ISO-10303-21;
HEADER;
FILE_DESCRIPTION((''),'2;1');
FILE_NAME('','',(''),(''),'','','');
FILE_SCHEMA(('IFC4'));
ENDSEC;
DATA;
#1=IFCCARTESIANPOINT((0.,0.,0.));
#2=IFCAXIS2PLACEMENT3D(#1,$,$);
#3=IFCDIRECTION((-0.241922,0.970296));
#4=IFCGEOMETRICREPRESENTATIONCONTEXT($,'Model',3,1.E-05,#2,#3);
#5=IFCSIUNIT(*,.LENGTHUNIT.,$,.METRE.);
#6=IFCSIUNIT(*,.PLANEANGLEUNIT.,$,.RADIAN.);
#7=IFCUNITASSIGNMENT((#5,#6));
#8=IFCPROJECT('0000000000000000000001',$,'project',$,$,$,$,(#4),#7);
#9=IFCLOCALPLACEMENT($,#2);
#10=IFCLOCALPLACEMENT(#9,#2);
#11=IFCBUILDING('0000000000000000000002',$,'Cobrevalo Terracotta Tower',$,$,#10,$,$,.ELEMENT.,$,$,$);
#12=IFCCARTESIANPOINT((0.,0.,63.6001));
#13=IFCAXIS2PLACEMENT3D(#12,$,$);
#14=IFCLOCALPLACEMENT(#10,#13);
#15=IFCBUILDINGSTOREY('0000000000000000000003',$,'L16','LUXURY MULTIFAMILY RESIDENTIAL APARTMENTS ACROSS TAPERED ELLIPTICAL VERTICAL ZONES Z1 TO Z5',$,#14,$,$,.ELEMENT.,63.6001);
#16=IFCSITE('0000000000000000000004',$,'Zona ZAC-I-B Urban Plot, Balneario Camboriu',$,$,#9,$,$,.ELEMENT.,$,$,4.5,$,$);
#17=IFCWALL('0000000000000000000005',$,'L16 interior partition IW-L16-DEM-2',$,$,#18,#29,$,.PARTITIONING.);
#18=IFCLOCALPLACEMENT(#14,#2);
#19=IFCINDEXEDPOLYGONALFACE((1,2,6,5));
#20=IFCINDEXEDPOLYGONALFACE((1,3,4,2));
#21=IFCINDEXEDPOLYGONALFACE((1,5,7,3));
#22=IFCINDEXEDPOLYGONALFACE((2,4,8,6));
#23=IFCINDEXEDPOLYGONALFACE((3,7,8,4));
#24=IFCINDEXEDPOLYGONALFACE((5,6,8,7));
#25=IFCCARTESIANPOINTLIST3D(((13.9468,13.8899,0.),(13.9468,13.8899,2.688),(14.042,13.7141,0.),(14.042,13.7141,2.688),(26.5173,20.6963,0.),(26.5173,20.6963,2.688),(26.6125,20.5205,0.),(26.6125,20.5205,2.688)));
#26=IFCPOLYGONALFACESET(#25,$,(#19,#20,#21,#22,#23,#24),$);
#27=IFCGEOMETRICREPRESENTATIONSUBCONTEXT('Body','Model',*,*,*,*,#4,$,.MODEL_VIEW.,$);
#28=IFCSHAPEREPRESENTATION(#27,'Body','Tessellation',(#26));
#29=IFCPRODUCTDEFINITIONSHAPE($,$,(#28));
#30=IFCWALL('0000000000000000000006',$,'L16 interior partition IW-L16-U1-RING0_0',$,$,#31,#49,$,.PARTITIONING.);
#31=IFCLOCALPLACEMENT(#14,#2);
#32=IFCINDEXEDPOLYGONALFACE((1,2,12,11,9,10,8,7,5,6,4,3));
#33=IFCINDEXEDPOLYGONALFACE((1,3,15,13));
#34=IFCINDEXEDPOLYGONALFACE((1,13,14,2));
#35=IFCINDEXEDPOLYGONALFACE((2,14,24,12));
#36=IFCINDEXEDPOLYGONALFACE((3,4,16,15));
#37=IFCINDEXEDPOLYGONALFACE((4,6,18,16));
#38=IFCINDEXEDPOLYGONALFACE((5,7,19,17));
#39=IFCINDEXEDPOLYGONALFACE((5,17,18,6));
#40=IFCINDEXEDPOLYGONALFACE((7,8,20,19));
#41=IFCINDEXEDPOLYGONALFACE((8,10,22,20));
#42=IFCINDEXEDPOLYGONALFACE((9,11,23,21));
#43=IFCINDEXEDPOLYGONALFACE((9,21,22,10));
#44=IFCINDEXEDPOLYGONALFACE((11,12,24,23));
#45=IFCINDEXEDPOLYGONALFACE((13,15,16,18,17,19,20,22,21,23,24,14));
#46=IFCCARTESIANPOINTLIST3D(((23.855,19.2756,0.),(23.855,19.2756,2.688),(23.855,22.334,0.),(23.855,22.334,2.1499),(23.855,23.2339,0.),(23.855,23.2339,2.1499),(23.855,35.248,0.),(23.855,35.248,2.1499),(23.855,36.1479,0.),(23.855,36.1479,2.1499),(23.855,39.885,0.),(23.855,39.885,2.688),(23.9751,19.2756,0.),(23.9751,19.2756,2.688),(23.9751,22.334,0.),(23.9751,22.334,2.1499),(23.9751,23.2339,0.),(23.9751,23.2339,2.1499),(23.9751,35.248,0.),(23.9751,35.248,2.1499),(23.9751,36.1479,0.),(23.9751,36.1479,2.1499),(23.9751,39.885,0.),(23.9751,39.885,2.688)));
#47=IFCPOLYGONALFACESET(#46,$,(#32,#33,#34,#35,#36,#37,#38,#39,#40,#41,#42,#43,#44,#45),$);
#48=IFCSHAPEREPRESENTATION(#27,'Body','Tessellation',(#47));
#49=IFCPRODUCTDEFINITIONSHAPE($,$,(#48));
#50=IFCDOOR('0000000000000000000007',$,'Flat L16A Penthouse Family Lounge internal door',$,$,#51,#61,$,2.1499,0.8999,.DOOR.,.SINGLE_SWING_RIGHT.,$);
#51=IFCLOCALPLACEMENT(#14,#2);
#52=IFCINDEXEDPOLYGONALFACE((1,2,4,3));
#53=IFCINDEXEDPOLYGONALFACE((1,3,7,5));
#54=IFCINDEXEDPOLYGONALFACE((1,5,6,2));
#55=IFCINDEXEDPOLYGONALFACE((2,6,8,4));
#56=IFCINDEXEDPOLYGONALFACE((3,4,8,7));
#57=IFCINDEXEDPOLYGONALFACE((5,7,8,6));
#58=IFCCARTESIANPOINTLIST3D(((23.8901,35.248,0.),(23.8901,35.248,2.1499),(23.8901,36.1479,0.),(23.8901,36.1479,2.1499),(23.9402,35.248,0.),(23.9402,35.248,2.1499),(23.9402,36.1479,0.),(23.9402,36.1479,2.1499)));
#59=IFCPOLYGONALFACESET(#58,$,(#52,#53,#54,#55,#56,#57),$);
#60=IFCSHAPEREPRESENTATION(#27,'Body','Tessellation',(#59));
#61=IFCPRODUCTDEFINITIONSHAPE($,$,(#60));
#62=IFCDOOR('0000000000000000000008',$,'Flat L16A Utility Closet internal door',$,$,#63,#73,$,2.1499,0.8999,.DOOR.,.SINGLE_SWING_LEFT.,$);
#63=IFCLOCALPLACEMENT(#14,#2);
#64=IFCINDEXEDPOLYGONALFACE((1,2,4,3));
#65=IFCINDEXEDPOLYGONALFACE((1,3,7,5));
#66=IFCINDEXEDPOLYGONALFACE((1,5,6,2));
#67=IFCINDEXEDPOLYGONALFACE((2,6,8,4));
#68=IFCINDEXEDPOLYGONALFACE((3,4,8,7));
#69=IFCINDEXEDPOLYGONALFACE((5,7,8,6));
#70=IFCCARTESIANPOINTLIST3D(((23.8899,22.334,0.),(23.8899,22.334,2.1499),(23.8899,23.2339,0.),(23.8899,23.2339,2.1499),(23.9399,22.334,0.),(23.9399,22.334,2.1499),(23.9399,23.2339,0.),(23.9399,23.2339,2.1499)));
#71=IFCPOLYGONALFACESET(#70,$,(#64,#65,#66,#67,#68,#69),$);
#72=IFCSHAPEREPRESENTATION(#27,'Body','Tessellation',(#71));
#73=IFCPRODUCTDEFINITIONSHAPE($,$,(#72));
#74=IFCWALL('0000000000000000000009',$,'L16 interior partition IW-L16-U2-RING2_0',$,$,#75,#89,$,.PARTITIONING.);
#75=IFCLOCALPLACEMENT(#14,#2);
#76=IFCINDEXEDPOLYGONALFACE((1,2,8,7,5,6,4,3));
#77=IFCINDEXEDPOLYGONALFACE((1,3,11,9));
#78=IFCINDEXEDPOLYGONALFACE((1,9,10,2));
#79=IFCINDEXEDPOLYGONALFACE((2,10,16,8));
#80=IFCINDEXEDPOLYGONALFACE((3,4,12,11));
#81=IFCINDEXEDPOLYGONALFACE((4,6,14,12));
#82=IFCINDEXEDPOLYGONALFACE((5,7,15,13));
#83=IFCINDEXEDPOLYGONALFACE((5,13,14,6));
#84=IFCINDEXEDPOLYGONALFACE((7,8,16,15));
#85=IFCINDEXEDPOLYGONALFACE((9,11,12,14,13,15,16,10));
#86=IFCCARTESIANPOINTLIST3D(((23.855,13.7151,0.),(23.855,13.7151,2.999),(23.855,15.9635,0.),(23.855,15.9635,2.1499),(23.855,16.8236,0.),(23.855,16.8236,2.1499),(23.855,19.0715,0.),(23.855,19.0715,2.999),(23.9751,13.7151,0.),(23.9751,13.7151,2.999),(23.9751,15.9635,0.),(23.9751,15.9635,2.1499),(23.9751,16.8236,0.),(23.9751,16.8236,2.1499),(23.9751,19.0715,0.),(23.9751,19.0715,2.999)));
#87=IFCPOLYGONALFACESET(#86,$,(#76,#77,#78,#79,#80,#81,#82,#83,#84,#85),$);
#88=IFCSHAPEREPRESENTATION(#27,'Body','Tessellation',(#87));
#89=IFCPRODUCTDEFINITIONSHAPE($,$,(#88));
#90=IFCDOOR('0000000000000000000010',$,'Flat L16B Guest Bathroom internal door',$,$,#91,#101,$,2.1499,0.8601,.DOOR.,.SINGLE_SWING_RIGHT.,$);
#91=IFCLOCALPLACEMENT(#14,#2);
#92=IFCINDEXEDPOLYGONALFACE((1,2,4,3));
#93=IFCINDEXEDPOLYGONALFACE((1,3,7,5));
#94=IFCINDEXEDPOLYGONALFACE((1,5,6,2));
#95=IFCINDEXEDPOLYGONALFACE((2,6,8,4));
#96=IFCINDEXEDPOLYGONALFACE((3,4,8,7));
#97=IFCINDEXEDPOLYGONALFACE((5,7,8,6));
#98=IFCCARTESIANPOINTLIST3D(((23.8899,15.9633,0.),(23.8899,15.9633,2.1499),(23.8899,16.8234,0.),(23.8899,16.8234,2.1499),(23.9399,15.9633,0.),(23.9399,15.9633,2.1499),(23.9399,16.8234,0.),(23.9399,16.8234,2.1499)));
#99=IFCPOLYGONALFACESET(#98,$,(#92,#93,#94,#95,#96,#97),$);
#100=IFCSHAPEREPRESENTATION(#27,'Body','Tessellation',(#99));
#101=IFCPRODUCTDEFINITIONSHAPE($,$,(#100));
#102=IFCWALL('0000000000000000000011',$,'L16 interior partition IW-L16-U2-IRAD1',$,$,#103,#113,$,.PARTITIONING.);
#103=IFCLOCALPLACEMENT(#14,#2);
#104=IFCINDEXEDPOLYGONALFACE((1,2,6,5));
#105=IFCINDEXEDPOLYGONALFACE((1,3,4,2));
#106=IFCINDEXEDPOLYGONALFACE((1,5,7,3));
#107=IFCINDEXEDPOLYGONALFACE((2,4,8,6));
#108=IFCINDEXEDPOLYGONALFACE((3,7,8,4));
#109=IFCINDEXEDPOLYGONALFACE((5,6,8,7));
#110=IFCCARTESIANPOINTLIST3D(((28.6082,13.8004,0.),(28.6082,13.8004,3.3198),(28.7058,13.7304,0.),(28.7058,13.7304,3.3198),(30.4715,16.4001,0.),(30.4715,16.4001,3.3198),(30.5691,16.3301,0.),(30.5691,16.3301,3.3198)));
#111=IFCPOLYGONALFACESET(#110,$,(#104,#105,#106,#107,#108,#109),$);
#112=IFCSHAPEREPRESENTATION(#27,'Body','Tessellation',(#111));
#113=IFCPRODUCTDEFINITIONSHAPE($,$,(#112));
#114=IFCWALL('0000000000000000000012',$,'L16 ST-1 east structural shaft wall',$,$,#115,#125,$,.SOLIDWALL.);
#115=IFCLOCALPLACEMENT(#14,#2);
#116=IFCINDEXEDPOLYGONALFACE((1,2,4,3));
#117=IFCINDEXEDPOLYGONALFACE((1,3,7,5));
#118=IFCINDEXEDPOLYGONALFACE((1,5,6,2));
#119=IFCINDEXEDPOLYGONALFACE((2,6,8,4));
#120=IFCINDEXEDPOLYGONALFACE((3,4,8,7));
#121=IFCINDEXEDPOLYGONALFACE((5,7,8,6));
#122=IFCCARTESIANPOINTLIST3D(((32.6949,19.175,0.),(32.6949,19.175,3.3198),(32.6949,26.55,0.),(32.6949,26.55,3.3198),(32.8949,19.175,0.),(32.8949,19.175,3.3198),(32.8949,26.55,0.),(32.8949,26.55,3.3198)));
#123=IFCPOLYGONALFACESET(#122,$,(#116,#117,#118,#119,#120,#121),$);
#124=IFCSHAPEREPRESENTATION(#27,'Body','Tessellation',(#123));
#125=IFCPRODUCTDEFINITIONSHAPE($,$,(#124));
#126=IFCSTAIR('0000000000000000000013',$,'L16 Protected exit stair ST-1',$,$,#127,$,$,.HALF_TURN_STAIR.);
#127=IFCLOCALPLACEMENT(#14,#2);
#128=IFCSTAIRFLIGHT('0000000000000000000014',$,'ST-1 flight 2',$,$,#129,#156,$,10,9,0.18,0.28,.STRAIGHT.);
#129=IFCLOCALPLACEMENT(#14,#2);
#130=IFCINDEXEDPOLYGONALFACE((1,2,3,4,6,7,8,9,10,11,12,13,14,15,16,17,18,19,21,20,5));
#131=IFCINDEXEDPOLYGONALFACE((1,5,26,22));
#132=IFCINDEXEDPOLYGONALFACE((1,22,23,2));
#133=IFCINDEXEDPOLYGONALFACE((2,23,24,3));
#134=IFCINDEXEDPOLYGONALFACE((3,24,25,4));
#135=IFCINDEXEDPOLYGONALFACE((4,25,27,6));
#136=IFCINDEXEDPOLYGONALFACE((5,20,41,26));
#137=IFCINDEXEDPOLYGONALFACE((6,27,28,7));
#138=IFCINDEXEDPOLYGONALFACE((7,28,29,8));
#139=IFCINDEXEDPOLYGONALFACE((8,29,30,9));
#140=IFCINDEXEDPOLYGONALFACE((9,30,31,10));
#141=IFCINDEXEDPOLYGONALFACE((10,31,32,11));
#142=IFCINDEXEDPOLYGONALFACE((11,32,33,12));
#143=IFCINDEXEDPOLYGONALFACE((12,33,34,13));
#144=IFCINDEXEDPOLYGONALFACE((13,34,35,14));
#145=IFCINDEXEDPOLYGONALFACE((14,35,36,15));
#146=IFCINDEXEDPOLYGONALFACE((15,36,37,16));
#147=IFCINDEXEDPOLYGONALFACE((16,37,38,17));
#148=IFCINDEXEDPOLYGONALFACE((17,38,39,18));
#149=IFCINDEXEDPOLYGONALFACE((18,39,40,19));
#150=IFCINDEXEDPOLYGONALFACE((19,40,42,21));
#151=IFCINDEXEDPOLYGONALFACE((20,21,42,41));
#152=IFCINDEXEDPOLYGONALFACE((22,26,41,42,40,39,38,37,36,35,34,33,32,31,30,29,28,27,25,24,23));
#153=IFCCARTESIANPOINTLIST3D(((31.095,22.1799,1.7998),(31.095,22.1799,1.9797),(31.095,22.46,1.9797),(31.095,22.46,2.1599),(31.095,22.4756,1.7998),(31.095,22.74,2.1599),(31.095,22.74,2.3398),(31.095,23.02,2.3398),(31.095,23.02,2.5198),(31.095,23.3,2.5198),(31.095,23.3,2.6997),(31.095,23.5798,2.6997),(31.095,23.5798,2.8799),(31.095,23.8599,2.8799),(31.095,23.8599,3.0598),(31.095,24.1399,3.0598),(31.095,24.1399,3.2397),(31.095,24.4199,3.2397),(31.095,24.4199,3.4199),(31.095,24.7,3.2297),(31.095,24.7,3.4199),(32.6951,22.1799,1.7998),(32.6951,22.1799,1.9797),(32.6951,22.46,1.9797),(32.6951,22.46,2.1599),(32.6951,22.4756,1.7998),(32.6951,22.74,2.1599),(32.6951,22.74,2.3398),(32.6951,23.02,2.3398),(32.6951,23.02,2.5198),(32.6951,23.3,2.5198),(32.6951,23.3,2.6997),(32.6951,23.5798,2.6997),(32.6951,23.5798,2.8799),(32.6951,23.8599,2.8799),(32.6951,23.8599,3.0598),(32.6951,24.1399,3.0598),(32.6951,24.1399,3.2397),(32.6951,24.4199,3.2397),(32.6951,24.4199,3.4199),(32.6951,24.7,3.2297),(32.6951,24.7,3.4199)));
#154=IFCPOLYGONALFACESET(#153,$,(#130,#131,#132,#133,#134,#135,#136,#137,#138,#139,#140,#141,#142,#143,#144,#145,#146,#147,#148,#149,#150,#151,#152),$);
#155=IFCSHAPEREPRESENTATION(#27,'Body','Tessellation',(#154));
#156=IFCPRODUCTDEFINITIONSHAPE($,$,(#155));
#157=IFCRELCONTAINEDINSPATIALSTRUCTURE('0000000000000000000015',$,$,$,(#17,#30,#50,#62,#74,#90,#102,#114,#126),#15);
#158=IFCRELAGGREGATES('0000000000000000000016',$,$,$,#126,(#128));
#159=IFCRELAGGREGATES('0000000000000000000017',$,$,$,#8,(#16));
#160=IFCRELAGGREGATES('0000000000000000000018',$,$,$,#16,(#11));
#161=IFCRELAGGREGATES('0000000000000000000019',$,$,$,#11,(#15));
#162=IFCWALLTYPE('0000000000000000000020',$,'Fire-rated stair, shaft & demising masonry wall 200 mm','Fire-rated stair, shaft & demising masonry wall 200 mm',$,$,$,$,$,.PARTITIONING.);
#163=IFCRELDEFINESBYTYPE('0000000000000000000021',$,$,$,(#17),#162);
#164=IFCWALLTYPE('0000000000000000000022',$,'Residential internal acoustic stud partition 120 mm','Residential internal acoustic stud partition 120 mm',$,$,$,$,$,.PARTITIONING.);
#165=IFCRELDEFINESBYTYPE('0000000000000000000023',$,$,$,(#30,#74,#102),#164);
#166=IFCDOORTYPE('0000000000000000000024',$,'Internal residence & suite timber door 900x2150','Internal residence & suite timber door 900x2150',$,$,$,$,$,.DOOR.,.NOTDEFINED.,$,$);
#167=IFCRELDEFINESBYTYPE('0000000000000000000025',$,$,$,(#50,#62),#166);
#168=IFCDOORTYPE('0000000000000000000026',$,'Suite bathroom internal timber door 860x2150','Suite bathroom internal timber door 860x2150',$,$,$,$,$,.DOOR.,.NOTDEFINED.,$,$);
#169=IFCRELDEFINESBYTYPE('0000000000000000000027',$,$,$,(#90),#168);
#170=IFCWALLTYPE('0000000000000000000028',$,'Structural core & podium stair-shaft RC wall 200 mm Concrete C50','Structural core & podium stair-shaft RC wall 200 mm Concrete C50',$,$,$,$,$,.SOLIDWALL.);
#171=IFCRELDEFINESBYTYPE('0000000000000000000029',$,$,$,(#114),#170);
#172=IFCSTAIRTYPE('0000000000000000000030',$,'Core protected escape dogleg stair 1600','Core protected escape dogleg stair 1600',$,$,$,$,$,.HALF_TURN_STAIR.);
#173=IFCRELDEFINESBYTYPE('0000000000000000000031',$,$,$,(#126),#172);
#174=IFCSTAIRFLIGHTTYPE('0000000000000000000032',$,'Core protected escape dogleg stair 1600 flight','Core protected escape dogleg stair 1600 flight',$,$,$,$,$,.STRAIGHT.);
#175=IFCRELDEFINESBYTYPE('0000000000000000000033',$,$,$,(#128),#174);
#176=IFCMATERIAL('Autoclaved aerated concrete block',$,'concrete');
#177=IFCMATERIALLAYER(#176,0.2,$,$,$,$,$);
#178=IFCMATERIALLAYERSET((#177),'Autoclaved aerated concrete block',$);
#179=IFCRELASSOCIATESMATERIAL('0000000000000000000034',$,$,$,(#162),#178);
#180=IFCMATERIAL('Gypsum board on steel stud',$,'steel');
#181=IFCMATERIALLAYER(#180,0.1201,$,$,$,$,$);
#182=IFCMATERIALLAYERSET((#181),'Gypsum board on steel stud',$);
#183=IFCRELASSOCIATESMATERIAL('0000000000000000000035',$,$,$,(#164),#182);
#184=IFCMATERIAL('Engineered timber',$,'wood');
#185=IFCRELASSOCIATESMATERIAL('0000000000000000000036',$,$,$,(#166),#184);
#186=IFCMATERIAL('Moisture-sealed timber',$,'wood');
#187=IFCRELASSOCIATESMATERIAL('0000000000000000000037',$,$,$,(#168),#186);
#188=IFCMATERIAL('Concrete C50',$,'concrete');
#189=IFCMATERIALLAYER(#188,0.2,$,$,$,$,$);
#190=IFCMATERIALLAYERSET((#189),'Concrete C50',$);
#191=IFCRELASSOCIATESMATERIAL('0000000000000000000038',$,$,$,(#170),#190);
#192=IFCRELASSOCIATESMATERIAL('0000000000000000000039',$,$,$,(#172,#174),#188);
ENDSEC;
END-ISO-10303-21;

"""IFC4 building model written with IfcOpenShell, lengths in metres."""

from ifc_helpers import new_model, si_unit, direction, frame, frame_2d, origin, place, context, subcontext, project, spatial, polyline, rectangle, outline, extrude, source, transform, mapped, material, layer, layer_set, type_object, element, fill, aggregate, save


model = new_model("IFC4")

# Units and contexts
model_context = context("Model", 3, precision=1e-05, world=origin(), true_north=direction((-0.241922, 0.970296)))
body_context = subcontext(model_context, "Body", "Model", "MODEL_VIEW")
ifc_project = project(units=[si_unit("LENGTHUNIT", "METRE"), si_unit("PLANEANGLEUNIT", "RADIAN")], contexts=[model_context])

# Site, building, storey
site_placement = place(None, origin())
site = spatial("IfcSite", under=ifc_project, at=site_placement, Name="Zona ZAC-I-B Urban Plot, Balneario Camboriu", CompositionType="ELEMENT", RefElevation=4.5)
building_placement = place(site_placement, origin())
building = spatial("IfcBuilding", under=site, at=building_placement, Name="Cobrevalo Terracotta Tower", CompositionType="ELEMENT")
storey_placement = place(building_placement, frame((0.0, 0.0, 63.6001)))
storey = spatial("IfcBuildingStorey", under=building, at=storey_placement, Name="L16", Description="LUXURY MULTIFAMILY RESIDENTIAL APARTMENTS ACROSS TAPERED ELLIPTICAL VERTICAL ZONES Z1 TO Z5", CompositionType="ELEMENT", Elevation=63.6001)

# Shared definitions
ifc_material_1 = material(Name="Gypsum board on steel stud", Category="steel")

# Wall
ifc_material_2 = material(Name="Autoclaved aerated concrete block", Category="concrete")
ifc_layer_1 = layer(ifc_material_2, 0.2)
ifc_layer_set_1 = layer_set([ifc_layer_1], Name="Autoclaved aerated concrete block")
wall_type_1 = type_object("IfcWallType", Name="Fire-rated stair, shaft & demising masonry wall 200 mm", Description="Fire-rated stair, shaft & demising masonry wall 200 mm", PredefinedType="PARTITIONING", material=ifc_layer_set_1)
wall_1_placement = place(storey_placement, frame((26.5649, 20.6084, 0.0), z_axis=(0.0, 0.0, 1.0), x_axis=(-0.87937, -0.47614, 0.0)))
element("IfcWall", 1, at=wall_1_placement, inside=storey, type_object=wall_type_1, Name="L16 interior partition IW-L16-DEM-2", PredefinedType="PARTITIONING", context=body_context, shape_type="SweptSolid", body=[
    extrude(rectangle(XDim=14.2949, YDim=0.2, at=frame_2d((7.1475, 0.0))), origin(), (0.0, 0.0, 1.0), 2.688),
])

# Wall, openings, doors
ifc_layer_2 = layer(ifc_material_1, 0.1201)
ifc_layer_set_2 = layer_set([ifc_layer_2], Name="Gypsum board on steel stud")
wall_type_2 = type_object("IfcWallType", Name="Residential internal acoustic stud partition 120 mm", Description="Residential internal acoustic stud partition 120 mm", PredefinedType="PARTITIONING", material=ifc_layer_set_2)
wall_2_placement = place(storey_placement, frame((23.915, 19.2756, 0.0), z_axis=(0.0, 0.0, 1.0), x_axis=(0.0, 1.0, 0.0)))
wall_2 = element("IfcWall", 2, at=wall_2_placement, inside=storey, type_object=wall_type_2, Name="L16 interior partition IW-L16-U1-RING0_0", PredefinedType="PARTITIONING", context=body_context, shape_type="SweptSolid", body=[
    extrude(rectangle(XDim=20.6094, YDim=0.1201, at=frame_2d((10.3047, 0.0))), origin(), (0.0, 0.0, 1.0), 2.688),
])
opening_1_placement = place(wall_2_placement, frame((15.9724, 0.0, 0.0)))
opening_1 = element("IfcOpeningElement", 3, at=opening_1_placement, cuts=wall_2, PredefinedType="OPENING", context=body_context, shape_type="SweptSolid", body=[
    extrude(rectangle(XDim=0.8999, YDim=2.1499, at=frame_2d((0.45, 1.075))), frame((0.0, 0.0701, 0.0), z_axis=(0.0, -1.0, 0.0), x_axis=(1.0, 0.0, 0.0)), (0.0, 0.0, 1.0), 0.1401),
])
opening_2_placement = place(wall_2_placement, frame((3.0583, 0.0, 0.0)))
opening_2 = element("IfcOpeningElement", 4, at=opening_2_placement, cuts=wall_2, PredefinedType="OPENING", context=body_context, shape_type="SweptSolid", body=[
    extrude(rectangle(XDim=0.8999, YDim=2.1499, at=frame_2d((0.45, 1.075))), frame((0.0, 0.0701, 0.0), z_axis=(0.0, -1.0, 0.0), x_axis=(1.0, 0.0, 0.0)), (0.0, 0.0, 1.0), 0.1401),
])
ifc_material_3 = material(Name="Engineered timber", Category="wood")
door_type_1 = type_object("IfcDoorType", Name="Internal residence & suite timber door 900x2150", Description="Internal residence & suite timber door 900x2150", OperationType="NOTDEFINED", PredefinedType="DOOR", material=ifc_material_3)
shared_shape_1 = source(origin(), body_context, "Body", "SweptSolid", [
    extrude(rectangle(XDim=0.8999, YDim=2.1499, at=frame_2d((0.45, 1.075))), frame((0.0, 0.0249, 0.0), z_axis=(0.0, -1.0, 0.0), x_axis=(1.0, 0.0, 0.0)), (0.0, 0.0, 1.0), 0.05),
])
door_1_placement = place(opening_1_placement, origin())
door_1 = element("IfcDoor", 5, at=door_1_placement, inside=storey, type_object=door_type_1, Name="Flat L16A Penthouse Family Lounge internal door", OperationType="SINGLE_SWING_RIGHT", OverallHeight=2.1499, OverallWidth=0.8999, PredefinedType="DOOR", context=body_context, shape_type="MappedRepresentation", body=[
    mapped(shared_shape_1, transform((0.0, 0.0, 0.0), scale=1.0)),
])
fill(opening_1, door_1)
door_2_placement = place(opening_2_placement, frame((0.8999, 0.0, 0.0), z_axis=(0.0, 0.0, 1.0), x_axis=(-1.0, 0.0, 0.0)))
door_2 = element("IfcDoor", 6, at=door_2_placement, inside=storey, type_object=door_type_1, Name="Flat L16A Utility Closet internal door", OperationType="SINGLE_SWING_LEFT", OverallHeight=2.1499, OverallWidth=0.8999, PredefinedType="DOOR", context=body_context, shape_type="MappedRepresentation", body=[
    mapped(shared_shape_1, transform((0.0, 0.0, 0.0), scale=1.0)),
])
fill(opening_2, door_2)

# Wall, opening, door
wall_3_placement = place(storey_placement, frame((23.915, 13.7151, 0.0), z_axis=(0.0, 0.0, 1.0), x_axis=(0.0, 1.0, 0.0)))
wall_3 = element("IfcWall", 7, at=wall_3_placement, inside=storey, type_object=wall_type_2, Name="L16 interior partition IW-L16-U2-RING2_0", PredefinedType="PARTITIONING", context=body_context, shape_type="SweptSolid", body=[
    extrude(rectangle(XDim=5.3564, YDim=0.1201, at=frame_2d((2.6782, 0.0))), origin(), (0.0, 0.0, 1.0), 2.999),
])
opening_3_placement = place(wall_3_placement, frame((2.2483, 0.0, 0.0)))
opening_3 = element("IfcOpeningElement", 8, at=opening_3_placement, cuts=wall_3, PredefinedType="OPENING", context=body_context, shape_type="SweptSolid", body=[
    extrude(rectangle(XDim=0.8601, YDim=2.1499, at=frame_2d((0.4302, 1.075))), frame((0.0, 0.0701, 0.0), z_axis=(0.0, -1.0, 0.0), x_axis=(1.0, 0.0, 0.0)), (0.0, 0.0, 1.0), 0.1401),
])
ifc_material_4 = material(Name="Moisture-sealed timber", Category="wood")
door_type_2 = type_object("IfcDoorType", Name="Suite bathroom internal timber door 860x2150", Description="Suite bathroom internal timber door 860x2150", OperationType="NOTDEFINED", PredefinedType="DOOR", material=ifc_material_4)
shared_shape_2 = source(origin(), body_context, "Body", "SweptSolid", [
    extrude(rectangle(XDim=0.8601, YDim=2.1499, at=frame_2d((0.4302, 1.075))), frame((0.0, 0.0249, 0.0), z_axis=(0.0, -1.0, 0.0), x_axis=(1.0, 0.0, 0.0)), (0.0, 0.0, 1.0), 0.05),
])
door_3_placement = place(opening_3_placement, frame((0.8601, 0.0, 0.0), z_axis=(0.0, 0.0, 1.0), x_axis=(-1.0, 0.0, 0.0)))
door_3 = element("IfcDoor", 9, at=door_3_placement, inside=storey, type_object=door_type_2, Name="Flat L16B Guest Bathroom internal door", OperationType="SINGLE_SWING_RIGHT", OverallHeight=2.1499, OverallWidth=0.8601, PredefinedType="DOOR", context=body_context, shape_type="MappedRepresentation", body=[
    mapped(shared_shape_2, transform((0.0, 0.0, 0.0), scale=1.0)),
])
fill(opening_3, door_3)

# Walls
wall_4_placement = place(storey_placement, frame((30.5203, 16.365, 0.0), z_axis=(0.0, 0.0, 1.0), x_axis=(-0.582566, -0.812783, 0.0)))
element("IfcWall", 10, at=wall_4_placement, inside=storey, type_object=wall_type_2, Name="L16 interior partition IW-L16-U2-IRAD1", PredefinedType="PARTITIONING", context=body_context, shape_type="SweptSolid", body=[
    extrude(rectangle(XDim=3.1985, YDim=0.1201, at=frame_2d((1.5991, 0.0))), origin(), (0.0, 0.0, 1.0), 3.3198),
])
ifc_material_5 = material(Name="Concrete C50", Category="concrete")
ifc_layer_3 = layer(ifc_material_5, 0.2)
ifc_layer_set_3 = layer_set([ifc_layer_3], Name="Concrete C50")
wall_type_3 = type_object("IfcWallType", Name="Structural core & podium stair-shaft RC wall 200 mm Concrete C50", Description="Structural core & podium stair-shaft RC wall 200 mm Concrete C50", PredefinedType="SOLIDWALL", material=ifc_layer_set_3)
wall_5_placement = place(storey_placement, frame((32.7949, 19.175, 0.0), z_axis=(0.0, 0.0, 1.0), x_axis=(0.0, 1.0, 0.0)))
element("IfcWall", 11, at=wall_5_placement, inside=storey, type_object=wall_type_3, Name="L16 ST-1 east structural shaft wall", PredefinedType="SOLIDWALL", context=body_context, shape_type="SweptSolid", body=[
    extrude(rectangle(XDim=7.375, YDim=0.2, at=frame_2d((3.6875, 0.0))), origin(), (0.0, 0.0, 1.0), 3.3198),
])

# Stair, stair flight
stair_type = type_object("IfcStairType", Name="Core protected escape dogleg stair 1600", Description="Core protected escape dogleg stair 1600", PredefinedType="HALF_TURN_STAIR", material=ifc_material_5)
stair_placement = place(storey_placement, origin())
stair = element("IfcStair", 12, at=stair_placement, inside=storey, type_object=stair_type, Name="L16 Protected exit stair ST-1", PredefinedType="HALF_TURN_STAIR")
stair_flight_type = type_object("IfcStairFlightType", Name="Core protected escape dogleg stair 1600 flight", Description="Core protected escape dogleg stair 1600 flight", PredefinedType="STRAIGHT", material=ifc_material_5)
stair_flight_placement = place(storey_placement, frame((31.895, 22.1799, 1.7998), z_axis=(0.0, 0.0, 1.0), x_axis=(0.0, 1.0, 0.0)))
stair_flight = element("IfcStairFlight", 13, at=stair_flight_placement, type_object=stair_flight_type, Name="ST-1 flight 2", NumberOfRisers=10, NumberOfTreads=9, PredefinedType="STRAIGHT", RiserHeight=0.18, TreadLength=0.28, context=body_context, shape_type="SweptSolid", body=[
    extrude(outline(polyline([(0.0, 0.0), (0.0, 0.1799), (0.28, 0.1799), (0.28, 0.3601), (0.5601, 0.3601), (0.5601, 0.54), (0.8401, 0.54), (0.8401, 0.72), (1.1201, 0.72), (1.1201, 0.8999), (1.3999, 0.8999), (1.3999, 1.0801), (1.6799, 1.0801), (1.6799, 1.26), (1.96, 1.26), (1.96, 1.4399), (2.24, 1.4399), (2.24, 1.6201), (2.52, 1.6201), (2.52, 1.8), (2.52, 1.4299), (0.2957, 0.0), (0.0, 0.0)])), frame((0.0, 0.8, 0.0), z_axis=(0.0, -1.0, 0.0), x_axis=(1.0, 0.0, 0.0)), (0.0, 0.0, 1.0), 1.6001),
])
aggregate(stair, [stair_flight])

save(model, "model.ifc")
